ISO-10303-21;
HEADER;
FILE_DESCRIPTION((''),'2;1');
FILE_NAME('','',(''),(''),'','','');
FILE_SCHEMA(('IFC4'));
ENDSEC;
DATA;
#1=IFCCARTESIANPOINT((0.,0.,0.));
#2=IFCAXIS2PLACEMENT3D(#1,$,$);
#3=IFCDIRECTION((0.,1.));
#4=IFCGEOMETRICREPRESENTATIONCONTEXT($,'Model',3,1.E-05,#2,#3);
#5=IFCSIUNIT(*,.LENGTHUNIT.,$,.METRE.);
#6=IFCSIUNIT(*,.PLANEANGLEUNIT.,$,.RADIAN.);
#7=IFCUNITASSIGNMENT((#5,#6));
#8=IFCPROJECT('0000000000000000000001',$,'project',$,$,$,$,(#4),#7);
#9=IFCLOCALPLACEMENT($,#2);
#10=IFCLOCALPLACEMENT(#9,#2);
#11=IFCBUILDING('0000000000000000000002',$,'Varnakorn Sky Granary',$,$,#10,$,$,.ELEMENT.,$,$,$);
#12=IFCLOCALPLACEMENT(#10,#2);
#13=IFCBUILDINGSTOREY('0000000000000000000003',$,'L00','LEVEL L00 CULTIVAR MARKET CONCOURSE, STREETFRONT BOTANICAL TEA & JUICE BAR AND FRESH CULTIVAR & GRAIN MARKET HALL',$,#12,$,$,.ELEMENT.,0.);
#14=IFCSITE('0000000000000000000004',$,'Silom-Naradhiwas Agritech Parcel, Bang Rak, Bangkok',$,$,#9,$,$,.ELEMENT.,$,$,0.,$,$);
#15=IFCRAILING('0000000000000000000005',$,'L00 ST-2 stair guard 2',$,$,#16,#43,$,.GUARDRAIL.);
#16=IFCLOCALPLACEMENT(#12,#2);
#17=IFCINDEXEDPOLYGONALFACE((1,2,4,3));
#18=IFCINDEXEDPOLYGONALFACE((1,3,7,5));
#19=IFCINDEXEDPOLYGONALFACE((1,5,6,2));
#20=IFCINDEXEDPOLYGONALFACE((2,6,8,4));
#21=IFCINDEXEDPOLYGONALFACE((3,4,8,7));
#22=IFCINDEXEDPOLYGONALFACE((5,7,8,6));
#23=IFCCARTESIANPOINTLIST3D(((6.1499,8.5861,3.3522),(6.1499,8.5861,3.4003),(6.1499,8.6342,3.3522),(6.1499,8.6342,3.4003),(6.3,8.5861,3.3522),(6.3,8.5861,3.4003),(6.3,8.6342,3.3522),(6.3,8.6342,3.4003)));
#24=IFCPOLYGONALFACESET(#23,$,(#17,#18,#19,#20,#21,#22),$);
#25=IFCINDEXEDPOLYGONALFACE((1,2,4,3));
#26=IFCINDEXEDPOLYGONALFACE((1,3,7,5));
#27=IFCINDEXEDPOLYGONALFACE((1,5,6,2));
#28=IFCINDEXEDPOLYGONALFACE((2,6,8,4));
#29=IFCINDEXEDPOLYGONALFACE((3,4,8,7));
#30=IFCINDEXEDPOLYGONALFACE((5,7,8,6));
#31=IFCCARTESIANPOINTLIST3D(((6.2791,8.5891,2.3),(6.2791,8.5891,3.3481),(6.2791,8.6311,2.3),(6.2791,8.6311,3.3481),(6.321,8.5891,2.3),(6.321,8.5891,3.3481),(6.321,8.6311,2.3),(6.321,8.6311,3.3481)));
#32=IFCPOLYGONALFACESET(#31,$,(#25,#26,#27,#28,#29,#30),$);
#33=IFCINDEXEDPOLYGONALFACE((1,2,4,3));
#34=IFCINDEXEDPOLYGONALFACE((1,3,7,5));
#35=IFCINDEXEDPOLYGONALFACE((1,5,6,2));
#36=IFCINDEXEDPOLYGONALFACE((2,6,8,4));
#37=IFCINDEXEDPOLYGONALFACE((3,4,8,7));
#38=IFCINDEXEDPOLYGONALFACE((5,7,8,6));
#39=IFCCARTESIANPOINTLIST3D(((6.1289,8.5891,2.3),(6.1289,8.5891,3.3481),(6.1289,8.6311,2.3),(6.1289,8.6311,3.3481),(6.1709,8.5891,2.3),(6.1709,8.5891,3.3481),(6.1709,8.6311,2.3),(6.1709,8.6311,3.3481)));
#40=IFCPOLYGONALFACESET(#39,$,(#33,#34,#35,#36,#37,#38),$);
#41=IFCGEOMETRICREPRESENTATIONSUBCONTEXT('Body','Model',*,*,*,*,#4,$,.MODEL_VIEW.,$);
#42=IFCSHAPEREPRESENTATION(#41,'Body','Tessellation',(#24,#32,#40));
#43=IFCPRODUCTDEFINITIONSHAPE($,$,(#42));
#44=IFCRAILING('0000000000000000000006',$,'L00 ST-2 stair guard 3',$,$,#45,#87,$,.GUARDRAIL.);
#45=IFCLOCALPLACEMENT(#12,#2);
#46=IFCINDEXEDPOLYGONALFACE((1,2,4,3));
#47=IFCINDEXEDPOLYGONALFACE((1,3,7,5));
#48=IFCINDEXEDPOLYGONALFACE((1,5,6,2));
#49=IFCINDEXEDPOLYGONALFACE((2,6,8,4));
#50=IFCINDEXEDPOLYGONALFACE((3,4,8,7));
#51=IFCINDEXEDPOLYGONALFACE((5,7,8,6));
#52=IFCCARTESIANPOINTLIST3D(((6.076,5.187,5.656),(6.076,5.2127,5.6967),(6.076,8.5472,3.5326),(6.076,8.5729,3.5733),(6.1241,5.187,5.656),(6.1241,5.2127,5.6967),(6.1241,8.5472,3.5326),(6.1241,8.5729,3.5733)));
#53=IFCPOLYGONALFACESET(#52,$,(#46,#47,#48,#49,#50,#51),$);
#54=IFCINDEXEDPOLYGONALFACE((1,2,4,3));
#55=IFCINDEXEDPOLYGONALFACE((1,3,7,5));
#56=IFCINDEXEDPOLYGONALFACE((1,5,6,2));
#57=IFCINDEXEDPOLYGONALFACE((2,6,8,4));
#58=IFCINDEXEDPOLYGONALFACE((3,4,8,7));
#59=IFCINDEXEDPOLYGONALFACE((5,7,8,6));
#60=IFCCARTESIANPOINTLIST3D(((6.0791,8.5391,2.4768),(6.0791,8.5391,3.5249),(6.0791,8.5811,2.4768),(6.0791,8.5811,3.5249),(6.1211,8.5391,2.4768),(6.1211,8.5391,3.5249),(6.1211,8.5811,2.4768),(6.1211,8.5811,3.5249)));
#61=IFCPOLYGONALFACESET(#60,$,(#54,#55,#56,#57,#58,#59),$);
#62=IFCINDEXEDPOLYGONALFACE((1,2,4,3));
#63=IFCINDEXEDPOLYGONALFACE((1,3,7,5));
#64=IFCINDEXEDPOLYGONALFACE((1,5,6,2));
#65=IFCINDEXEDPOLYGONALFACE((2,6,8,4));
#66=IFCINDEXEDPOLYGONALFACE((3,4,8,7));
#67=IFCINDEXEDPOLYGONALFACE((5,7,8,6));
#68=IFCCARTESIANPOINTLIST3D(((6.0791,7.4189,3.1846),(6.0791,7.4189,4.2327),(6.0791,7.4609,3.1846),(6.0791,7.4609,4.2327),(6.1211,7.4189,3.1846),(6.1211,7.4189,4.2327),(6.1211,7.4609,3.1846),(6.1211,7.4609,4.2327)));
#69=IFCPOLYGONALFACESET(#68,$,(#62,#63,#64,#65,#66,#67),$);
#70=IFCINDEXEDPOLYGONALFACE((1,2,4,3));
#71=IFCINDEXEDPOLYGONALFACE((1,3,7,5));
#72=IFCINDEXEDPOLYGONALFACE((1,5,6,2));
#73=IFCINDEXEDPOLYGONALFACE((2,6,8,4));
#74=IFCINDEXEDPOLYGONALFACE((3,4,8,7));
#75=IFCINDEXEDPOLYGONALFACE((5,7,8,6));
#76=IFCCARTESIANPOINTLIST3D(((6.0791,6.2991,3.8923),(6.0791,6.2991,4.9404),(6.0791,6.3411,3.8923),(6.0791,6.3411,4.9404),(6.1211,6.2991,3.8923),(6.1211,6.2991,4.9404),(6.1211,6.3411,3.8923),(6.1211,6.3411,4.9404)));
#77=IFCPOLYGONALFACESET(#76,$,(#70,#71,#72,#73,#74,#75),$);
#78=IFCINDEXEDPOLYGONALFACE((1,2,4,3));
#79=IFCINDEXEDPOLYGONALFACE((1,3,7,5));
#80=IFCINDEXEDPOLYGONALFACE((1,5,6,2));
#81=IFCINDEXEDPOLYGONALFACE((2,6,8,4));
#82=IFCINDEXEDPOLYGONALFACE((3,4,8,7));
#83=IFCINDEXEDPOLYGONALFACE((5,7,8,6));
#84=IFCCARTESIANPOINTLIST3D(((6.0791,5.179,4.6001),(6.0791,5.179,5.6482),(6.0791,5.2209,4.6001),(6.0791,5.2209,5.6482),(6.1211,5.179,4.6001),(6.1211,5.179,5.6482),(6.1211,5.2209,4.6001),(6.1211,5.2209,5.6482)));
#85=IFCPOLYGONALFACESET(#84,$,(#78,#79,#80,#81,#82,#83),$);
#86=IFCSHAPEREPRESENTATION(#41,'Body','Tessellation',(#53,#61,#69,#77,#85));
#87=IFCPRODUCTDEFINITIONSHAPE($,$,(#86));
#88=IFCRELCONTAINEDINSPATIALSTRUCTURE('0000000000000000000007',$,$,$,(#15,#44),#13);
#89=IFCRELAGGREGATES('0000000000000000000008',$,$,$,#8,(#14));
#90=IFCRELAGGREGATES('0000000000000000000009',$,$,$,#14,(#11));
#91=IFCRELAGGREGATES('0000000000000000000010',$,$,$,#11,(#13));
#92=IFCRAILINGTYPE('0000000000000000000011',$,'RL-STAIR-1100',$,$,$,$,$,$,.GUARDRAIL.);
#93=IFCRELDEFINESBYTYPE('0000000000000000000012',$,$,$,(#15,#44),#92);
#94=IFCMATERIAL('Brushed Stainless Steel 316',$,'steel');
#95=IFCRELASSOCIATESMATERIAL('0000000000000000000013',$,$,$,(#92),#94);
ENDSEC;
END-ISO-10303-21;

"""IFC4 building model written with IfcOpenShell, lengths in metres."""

from ifc_helpers import new_model, si_unit, direction, frame, origin, origin_2d, place, context, subcontext, project, spatial, rectangle, extrude, material, type_object, element, save


model = new_model("IFC4")

# Units and contexts
model_context = context("Model", 3, precision=1e-05, world=origin(), true_north=direction((0.0, 1.0)))
body_context = subcontext(model_context, "Body", "Model", "MODEL_VIEW")
ifc_project = project(units=[si_unit("LENGTHUNIT", "METRE"), si_unit("PLANEANGLEUNIT", "RADIAN")], contexts=[model_context])

# Site, building, storey
site_placement = place(None, origin())
site = spatial("IfcSite", under=ifc_project, at=site_placement, Name="Silom-Naradhiwas Agritech Parcel, Bang Rak, Bangkok", CompositionType="ELEMENT", RefElevation=0.0)
building_placement = place(site_placement, origin())
building = spatial("IfcBuilding", under=site, at=building_placement, Name="Varnakorn Sky Granary", CompositionType="ELEMENT")
storey_placement = place(building_placement, origin())
storey = spatial("IfcBuildingStorey", under=building, at=storey_placement, Name="L00", Description="LEVEL L00 CULTIVAR MARKET CONCOURSE, STREETFRONT BOTANICAL TEA & JUICE BAR AND FRESH CULTIVAR & GRAIN MARKET HALL", CompositionType="ELEMENT", Elevation=0.0)

# Railings
ifc_material_1 = material(Name="Brushed Stainless Steel 316", Category="steel")
railing_type = type_object("IfcRailingType", Name="RL-STAIR-1100", PredefinedType="GUARDRAIL", material=ifc_material_1)
railing_1_placement = place(storey_placement, frame((6.3, 8.6101, 2.3)))
element("IfcRailing", 1, at=railing_1_placement, inside=storey, type_object=railing_type, Name="L00 ST-2 stair guard 2", PredefinedType="GUARDRAIL", context=body_context, shape_type="SweptSolid", body=[
    extrude(rectangle(XDim=0.0481, YDim=0.0481, at=origin_2d()), frame((0.0, 0.0, 1.0762), z_axis=(-1.0, 0.0, 0.0), x_axis=(0.0, -1.0, 0.0)), (0.0, 0.0, 1.0), 0.1501),
    extrude(rectangle(XDim=0.042, YDim=0.042, at=origin_2d()), origin(), (0.0, 0.0, 1.0), 1.0481),
    extrude(rectangle(XDim=0.042, YDim=0.042, at=origin_2d()), frame((-0.1501, 0.0, 0.0)), (0.0, 0.0, 1.0), 1.0481),
])
railing_2_placement = place(storey_placement, frame((6.1001, 8.5601, 2.4768)))
element("IfcRailing", 2, at=railing_2_placement, inside=storey, type_object=railing_type, Name="L00 ST-2 stair guard 3", PredefinedType="GUARDRAIL", context=body_context, shape_type="SweptSolid", body=[
    extrude(rectangle(XDim=0.0481, YDim=0.0481, at=origin_2d()), frame((0.0, 0.0, 1.0762), z_axis=(0.0, -0.845362, 0.534194), x_axis=(1.0, 0.0, 0.0)), (0.0, 0.0, 1.0), 3.9749),
    extrude(rectangle(XDim=0.042, YDim=0.042, at=origin_2d()), origin(), (0.0, 0.0, 1.0), 1.0481),
    extrude(rectangle(XDim=0.042, YDim=0.042, at=origin_2d()), frame((0.0, -1.1201, 0.7078)), (0.0, 0.0, 1.0), 1.0481),
    extrude(rectangle(XDim=0.042, YDim=0.042, at=origin_2d()), frame((0.0, -2.24, 1.4155)), (0.0, 0.0, 1.0), 1.0481),
    extrude(rectangle(XDim=0.042, YDim=0.042, at=origin_2d()), frame((0.0, -3.3601, 2.1233)), (0.0, 0.0, 1.0), 1.0481),
])

save(model, "model.ifc")
